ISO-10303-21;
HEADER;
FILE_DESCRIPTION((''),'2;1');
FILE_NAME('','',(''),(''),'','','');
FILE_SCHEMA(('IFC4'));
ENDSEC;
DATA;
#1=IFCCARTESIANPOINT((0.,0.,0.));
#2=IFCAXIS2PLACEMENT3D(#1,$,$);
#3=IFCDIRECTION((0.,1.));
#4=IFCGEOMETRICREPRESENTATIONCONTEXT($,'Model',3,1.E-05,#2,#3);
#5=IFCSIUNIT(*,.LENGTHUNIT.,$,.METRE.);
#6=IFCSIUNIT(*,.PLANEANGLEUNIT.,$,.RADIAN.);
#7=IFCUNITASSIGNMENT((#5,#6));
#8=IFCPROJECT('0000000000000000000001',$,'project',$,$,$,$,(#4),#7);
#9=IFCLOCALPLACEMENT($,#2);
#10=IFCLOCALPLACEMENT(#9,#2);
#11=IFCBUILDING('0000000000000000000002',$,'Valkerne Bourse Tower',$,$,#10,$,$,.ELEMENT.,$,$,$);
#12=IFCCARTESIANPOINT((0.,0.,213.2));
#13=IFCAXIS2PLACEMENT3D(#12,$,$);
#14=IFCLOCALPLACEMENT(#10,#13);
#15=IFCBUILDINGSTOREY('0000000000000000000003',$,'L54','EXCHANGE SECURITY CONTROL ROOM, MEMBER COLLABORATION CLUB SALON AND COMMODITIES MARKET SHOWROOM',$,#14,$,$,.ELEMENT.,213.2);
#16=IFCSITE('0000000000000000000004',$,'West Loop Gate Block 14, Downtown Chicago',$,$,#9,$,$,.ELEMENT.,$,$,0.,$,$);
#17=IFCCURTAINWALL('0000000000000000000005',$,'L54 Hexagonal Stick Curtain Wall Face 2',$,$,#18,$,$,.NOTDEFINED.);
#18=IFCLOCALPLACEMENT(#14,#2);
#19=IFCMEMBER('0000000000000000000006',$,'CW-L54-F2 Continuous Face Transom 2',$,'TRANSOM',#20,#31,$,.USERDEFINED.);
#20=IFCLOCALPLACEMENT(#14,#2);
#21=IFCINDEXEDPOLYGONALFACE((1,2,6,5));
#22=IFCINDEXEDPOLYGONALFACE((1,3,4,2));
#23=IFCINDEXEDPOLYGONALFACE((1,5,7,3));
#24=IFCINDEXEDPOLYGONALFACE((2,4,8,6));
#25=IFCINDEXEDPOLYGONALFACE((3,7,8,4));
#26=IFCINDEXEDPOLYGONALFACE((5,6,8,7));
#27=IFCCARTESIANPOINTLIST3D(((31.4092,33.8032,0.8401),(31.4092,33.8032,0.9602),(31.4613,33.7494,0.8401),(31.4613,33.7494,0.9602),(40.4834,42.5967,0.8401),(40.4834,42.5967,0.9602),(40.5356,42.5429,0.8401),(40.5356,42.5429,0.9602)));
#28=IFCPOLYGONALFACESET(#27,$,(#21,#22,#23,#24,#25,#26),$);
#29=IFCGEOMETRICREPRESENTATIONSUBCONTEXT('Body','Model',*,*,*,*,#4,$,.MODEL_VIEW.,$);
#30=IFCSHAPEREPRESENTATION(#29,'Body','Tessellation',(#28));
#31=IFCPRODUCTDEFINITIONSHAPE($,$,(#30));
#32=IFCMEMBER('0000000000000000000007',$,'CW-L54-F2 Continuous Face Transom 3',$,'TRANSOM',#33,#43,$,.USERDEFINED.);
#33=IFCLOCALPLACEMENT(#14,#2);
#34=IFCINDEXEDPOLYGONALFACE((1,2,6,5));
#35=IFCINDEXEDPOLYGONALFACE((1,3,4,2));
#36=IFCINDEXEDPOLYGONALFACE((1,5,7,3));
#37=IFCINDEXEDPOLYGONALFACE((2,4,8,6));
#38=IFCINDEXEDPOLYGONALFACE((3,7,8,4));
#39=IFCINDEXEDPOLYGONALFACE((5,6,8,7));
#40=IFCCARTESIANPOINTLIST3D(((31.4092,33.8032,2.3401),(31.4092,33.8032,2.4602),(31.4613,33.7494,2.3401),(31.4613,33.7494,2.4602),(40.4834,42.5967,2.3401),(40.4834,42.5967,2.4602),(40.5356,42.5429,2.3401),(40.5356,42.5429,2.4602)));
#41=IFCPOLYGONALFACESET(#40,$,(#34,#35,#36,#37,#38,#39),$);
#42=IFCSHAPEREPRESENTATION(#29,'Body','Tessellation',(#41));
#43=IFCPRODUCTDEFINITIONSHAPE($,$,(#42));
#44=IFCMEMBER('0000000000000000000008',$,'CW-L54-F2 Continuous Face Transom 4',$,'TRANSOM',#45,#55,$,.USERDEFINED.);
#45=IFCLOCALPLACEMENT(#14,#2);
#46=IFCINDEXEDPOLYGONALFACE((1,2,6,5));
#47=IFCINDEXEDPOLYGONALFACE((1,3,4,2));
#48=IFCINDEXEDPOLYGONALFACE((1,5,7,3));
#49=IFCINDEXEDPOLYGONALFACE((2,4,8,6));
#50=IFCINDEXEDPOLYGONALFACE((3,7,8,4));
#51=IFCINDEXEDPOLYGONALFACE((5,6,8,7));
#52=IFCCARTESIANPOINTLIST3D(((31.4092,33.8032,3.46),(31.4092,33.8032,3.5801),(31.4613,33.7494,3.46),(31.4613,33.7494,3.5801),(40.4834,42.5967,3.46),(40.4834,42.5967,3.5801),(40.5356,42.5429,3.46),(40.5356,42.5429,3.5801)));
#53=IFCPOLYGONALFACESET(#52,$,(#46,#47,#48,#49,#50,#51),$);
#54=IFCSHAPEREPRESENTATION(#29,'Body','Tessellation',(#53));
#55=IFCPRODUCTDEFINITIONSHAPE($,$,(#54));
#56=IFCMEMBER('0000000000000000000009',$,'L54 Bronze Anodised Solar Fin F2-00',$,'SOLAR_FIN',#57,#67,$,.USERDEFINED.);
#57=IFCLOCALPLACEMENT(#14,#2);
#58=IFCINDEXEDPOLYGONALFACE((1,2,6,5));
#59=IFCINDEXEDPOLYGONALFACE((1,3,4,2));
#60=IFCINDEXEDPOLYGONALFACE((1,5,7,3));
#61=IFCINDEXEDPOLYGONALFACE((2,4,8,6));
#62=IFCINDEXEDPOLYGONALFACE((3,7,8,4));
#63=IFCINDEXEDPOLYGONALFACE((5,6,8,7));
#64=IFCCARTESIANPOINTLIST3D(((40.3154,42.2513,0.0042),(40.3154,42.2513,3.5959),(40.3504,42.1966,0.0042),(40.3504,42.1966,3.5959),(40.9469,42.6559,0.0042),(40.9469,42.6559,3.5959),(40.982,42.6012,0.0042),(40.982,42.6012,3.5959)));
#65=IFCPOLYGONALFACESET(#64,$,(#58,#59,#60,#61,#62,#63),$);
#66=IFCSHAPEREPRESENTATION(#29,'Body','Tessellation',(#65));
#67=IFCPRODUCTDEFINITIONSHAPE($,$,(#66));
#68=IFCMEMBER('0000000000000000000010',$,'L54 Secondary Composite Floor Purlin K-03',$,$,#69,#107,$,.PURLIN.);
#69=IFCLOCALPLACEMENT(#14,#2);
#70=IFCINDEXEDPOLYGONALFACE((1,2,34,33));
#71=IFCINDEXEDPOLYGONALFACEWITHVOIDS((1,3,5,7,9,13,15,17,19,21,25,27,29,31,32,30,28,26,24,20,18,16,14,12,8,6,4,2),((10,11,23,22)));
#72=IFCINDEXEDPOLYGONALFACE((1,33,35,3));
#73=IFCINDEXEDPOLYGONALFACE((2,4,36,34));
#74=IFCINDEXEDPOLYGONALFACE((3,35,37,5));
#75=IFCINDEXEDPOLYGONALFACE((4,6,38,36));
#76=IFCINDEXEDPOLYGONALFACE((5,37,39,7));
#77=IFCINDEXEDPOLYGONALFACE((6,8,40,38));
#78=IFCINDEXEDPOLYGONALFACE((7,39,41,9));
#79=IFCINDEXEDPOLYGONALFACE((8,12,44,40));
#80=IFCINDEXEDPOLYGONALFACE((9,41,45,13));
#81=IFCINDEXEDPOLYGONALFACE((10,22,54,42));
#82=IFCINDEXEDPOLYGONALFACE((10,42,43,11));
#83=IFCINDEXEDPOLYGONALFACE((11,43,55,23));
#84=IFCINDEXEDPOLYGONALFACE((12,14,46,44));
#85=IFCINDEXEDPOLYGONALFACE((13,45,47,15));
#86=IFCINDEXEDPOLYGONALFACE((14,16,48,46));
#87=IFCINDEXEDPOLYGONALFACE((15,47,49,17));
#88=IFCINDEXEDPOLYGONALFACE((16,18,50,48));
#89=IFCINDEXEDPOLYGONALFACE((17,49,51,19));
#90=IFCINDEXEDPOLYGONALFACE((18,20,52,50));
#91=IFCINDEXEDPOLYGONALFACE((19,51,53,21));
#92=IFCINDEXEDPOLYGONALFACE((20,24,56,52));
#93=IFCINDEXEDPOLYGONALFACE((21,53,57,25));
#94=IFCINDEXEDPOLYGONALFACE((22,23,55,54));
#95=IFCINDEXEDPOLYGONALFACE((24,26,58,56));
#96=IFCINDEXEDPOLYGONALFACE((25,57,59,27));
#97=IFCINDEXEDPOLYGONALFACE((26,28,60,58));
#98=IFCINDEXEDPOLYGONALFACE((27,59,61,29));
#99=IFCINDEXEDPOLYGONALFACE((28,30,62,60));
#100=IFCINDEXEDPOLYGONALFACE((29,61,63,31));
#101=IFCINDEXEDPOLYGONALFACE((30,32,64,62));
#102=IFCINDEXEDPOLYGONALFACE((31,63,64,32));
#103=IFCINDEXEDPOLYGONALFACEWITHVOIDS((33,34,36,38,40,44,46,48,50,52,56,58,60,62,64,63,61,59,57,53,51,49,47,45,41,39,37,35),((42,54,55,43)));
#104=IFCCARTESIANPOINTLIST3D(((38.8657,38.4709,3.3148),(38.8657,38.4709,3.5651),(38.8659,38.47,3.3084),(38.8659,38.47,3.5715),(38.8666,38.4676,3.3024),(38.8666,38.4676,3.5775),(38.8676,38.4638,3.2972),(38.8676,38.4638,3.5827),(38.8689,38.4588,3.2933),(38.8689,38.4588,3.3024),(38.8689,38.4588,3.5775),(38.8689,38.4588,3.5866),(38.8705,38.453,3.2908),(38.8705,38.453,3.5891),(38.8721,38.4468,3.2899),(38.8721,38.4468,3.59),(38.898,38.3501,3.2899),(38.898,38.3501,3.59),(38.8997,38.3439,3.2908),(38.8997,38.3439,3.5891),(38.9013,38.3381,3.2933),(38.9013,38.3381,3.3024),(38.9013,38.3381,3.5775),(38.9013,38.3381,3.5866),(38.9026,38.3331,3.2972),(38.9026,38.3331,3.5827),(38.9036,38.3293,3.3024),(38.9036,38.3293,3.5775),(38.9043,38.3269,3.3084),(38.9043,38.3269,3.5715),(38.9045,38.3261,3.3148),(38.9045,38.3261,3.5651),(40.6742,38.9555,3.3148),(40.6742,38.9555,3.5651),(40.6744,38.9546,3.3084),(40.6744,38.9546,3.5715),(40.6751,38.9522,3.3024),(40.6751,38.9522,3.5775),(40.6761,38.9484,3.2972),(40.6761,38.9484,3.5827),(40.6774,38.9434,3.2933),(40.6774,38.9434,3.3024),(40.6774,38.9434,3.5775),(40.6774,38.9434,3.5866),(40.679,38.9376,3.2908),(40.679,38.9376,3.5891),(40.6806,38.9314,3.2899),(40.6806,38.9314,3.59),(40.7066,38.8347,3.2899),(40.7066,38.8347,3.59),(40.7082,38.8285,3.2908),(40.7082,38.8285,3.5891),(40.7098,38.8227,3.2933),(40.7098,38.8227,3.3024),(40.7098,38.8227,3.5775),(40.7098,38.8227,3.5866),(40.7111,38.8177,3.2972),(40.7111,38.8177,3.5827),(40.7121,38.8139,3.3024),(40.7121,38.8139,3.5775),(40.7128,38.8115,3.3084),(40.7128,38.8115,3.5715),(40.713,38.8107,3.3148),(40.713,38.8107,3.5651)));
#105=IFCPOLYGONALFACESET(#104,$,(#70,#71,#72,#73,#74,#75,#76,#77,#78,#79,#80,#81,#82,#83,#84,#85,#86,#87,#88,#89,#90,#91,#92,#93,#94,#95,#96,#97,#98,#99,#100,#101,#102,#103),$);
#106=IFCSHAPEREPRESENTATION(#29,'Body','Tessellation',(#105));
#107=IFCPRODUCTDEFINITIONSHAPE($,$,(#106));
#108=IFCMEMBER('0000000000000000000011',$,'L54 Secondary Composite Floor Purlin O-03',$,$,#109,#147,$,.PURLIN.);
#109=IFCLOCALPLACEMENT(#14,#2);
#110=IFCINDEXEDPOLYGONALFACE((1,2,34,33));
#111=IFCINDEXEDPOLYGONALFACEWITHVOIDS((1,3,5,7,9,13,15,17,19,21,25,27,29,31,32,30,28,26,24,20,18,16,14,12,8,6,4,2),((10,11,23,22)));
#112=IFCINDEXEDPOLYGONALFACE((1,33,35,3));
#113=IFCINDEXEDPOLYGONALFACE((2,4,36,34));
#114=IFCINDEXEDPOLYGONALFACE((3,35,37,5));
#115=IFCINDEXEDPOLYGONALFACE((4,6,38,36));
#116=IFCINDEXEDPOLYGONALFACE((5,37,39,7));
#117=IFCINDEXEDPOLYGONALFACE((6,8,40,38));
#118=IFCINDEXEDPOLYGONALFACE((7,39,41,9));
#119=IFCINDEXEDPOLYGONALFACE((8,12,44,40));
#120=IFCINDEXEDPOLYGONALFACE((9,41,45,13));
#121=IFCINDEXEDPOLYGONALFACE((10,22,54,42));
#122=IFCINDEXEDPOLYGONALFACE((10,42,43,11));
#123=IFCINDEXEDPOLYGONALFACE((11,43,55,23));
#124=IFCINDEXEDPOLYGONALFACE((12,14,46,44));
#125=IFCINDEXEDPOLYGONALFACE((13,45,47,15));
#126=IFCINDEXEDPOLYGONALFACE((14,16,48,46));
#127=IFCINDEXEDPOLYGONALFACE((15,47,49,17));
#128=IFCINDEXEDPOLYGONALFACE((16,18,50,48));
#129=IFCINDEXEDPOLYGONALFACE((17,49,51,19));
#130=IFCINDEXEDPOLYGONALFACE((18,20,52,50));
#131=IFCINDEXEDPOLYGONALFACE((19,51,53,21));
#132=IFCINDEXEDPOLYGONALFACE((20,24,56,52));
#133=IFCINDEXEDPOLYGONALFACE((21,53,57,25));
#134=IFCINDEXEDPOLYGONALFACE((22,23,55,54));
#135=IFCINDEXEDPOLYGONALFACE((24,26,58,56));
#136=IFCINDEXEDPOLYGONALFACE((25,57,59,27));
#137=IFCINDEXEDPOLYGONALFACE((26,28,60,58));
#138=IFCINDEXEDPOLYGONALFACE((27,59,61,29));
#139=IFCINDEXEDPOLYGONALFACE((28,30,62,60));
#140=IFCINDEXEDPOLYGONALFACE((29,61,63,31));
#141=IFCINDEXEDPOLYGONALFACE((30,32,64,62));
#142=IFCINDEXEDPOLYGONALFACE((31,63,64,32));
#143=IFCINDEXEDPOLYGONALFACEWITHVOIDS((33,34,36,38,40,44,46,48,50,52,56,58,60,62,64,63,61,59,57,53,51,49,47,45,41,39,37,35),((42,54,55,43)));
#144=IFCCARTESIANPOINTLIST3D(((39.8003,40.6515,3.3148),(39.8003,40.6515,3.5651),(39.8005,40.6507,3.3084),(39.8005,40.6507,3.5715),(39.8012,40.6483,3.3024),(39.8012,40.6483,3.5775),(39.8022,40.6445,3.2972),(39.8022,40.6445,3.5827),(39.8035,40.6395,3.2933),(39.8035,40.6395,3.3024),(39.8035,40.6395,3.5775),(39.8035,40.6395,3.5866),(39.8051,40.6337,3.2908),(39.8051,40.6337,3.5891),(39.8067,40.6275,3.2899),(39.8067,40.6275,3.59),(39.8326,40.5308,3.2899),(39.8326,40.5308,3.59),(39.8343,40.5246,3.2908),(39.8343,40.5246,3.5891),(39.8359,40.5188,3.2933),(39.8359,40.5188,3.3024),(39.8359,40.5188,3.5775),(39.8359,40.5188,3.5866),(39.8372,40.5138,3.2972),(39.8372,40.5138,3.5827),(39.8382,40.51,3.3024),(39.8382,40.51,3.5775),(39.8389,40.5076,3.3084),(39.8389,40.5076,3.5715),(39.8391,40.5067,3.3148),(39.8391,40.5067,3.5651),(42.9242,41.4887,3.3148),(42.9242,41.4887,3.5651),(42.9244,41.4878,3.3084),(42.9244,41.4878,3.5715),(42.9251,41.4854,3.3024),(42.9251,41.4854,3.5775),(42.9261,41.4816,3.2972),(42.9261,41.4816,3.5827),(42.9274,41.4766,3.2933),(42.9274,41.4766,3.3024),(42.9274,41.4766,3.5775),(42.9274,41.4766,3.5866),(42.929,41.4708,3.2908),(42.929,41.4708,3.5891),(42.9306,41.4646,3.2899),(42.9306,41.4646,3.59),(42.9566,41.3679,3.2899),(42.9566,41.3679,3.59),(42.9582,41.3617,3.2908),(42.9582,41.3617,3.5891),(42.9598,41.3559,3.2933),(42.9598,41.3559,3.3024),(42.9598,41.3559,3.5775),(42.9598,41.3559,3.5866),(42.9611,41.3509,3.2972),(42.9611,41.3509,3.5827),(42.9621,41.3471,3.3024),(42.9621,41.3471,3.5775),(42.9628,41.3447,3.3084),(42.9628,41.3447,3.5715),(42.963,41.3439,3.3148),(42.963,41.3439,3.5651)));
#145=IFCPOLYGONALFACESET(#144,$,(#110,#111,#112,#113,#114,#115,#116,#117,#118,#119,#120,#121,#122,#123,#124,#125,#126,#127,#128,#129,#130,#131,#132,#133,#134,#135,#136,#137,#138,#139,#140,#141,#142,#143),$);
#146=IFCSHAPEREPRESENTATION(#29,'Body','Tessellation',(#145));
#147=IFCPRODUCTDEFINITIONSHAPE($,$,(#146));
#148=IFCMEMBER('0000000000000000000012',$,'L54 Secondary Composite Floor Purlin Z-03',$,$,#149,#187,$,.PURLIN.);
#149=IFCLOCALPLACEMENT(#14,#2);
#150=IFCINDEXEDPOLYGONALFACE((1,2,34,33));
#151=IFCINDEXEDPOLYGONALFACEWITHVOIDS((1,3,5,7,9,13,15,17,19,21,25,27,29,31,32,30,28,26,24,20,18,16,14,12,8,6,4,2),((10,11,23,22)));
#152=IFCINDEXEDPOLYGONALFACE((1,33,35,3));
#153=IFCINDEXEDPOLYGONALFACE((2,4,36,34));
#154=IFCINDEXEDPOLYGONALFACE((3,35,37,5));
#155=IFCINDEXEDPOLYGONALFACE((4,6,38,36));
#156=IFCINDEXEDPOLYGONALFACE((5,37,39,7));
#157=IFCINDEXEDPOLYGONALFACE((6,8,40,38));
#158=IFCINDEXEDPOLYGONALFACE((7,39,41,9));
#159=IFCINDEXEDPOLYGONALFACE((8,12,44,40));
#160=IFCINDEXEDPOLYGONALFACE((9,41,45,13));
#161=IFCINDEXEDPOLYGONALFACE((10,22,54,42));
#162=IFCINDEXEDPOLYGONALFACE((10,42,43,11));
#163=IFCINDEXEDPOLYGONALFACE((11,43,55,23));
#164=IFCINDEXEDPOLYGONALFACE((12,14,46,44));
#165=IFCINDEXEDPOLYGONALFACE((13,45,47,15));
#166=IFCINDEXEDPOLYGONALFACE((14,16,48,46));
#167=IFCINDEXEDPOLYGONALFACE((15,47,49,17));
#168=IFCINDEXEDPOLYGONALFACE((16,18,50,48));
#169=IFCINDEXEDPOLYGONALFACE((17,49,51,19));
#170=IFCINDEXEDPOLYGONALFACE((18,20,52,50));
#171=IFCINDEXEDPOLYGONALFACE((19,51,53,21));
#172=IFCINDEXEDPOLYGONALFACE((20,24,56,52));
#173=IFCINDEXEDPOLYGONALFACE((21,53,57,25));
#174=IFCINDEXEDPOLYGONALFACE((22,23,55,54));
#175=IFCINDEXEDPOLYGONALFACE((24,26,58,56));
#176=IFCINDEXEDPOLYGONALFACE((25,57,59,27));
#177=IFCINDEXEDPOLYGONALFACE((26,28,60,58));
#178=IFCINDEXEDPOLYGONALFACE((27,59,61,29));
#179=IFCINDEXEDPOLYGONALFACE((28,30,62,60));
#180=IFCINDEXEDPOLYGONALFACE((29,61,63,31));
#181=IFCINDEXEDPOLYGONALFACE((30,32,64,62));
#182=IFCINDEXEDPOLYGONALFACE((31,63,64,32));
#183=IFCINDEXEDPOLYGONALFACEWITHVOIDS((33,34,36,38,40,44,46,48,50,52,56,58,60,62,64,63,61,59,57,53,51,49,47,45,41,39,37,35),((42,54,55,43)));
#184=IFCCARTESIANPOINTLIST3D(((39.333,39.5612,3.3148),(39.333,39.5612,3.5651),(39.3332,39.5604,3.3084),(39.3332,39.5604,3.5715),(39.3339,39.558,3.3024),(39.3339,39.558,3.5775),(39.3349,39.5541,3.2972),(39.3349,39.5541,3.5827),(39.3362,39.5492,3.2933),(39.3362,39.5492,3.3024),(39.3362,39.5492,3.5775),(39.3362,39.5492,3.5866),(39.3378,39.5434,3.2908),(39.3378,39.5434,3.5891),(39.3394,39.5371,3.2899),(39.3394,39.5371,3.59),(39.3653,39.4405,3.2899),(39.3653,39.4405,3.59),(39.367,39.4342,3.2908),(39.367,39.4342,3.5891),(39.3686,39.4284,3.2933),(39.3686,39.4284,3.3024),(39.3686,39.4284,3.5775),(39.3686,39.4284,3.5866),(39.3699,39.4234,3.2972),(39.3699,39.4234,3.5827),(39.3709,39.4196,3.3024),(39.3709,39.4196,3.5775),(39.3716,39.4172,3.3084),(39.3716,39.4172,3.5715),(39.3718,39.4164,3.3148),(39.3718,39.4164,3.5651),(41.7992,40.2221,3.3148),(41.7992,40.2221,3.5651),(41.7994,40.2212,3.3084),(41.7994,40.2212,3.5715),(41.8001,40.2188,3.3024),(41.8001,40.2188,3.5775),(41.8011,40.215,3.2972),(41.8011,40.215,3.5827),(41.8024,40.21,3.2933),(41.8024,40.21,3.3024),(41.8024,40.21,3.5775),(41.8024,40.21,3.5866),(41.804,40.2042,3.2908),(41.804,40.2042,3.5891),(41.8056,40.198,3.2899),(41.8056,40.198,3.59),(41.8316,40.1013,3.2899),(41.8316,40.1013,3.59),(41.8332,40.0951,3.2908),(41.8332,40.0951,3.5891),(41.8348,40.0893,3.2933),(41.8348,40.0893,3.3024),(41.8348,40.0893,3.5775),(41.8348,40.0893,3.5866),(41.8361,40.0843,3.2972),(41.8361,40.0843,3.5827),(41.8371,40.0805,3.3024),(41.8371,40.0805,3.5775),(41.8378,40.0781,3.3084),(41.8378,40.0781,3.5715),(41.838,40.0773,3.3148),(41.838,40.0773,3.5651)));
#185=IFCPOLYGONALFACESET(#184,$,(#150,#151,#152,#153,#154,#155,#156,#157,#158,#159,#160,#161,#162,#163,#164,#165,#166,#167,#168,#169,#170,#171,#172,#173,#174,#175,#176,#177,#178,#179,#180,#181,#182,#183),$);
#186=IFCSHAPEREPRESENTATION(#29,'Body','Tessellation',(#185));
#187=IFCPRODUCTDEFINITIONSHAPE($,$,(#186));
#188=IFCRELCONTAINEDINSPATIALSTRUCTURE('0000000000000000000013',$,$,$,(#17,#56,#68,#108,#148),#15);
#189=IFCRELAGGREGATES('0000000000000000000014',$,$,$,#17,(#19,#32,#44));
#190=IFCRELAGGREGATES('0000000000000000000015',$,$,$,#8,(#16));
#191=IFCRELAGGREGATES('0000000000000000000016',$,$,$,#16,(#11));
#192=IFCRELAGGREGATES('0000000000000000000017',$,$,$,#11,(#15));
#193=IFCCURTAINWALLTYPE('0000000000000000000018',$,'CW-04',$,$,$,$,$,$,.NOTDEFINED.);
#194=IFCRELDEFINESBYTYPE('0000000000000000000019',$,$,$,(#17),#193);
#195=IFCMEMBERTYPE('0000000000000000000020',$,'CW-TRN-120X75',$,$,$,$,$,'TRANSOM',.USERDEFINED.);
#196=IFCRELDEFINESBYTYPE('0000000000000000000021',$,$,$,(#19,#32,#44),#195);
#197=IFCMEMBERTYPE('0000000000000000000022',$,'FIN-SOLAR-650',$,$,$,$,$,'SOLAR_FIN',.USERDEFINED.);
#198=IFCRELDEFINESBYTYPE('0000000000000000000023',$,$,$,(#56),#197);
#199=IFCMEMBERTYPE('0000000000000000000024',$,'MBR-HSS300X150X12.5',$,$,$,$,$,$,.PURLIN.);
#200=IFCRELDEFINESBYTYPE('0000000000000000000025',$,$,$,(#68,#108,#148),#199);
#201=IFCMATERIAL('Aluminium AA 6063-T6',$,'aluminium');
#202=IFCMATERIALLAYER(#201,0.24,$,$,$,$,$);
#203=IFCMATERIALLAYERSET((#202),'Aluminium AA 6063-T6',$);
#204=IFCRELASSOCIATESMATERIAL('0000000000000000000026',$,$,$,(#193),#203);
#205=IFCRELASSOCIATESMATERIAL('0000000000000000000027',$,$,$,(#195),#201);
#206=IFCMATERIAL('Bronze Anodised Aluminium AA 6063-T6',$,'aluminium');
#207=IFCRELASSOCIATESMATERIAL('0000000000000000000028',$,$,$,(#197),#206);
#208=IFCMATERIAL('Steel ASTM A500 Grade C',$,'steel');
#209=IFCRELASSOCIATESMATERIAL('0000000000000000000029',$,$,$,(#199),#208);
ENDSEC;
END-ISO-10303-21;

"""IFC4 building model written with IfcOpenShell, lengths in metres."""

from ifc_helpers import new_model, si_unit, direction, frame, origin, origin_2d, place, context, subcontext, project, spatial, rectangle, hollow_rectangle, extrude, material, layer, layer_set, material_profile, profile_set, type_object, element, aggregate, save


model = new_model("IFC4")

# Units and contexts
model_context = context("Model", 3, precision=1e-05, world=origin(), true_north=direction((0.0, 1.0)))
body_context = subcontext(model_context, "Body", "Model", "MODEL_VIEW")
ifc_project = project(units=[si_unit("LENGTHUNIT", "METRE"), si_unit("PLANEANGLEUNIT", "RADIAN")], contexts=[model_context])

# Site, building, storey
site_placement = place(None, origin())
site = spatial("IfcSite", under=ifc_project, at=site_placement, Name="West Loop Gate Block 14, Downtown Chicago", CompositionType="ELEMENT", RefElevation=0.0)
building_placement = place(site_placement, origin())
building = spatial("IfcBuilding", under=site, at=building_placement, Name="Valkerne Bourse Tower", CompositionType="ELEMENT")
storey_placement = place(building_placement, frame((0.0, 0.0, 213.2)))
storey = spatial("IfcBuildingStorey", under=building, at=storey_placement, Name="L54", Description="EXCHANGE SECURITY CONTROL ROOM, MEMBER COLLABORATION CLUB SALON AND COMMODITIES MARKET SHOWROOM", CompositionType="ELEMENT", Elevation=213.2)

# Curtain wall, members
ifc_material_1 = material(Name="Aluminium AA 6063-T6", Category="aluminium")
ifc_layer_1 = layer(ifc_material_1, 0.24)
ifc_layer_set_1 = layer_set([ifc_layer_1], Name="Aluminium AA 6063-T6")
curtain_wall_type = type_object("IfcCurtainWallType", Name="CW-04", PredefinedType="NOTDEFINED", material=ifc_layer_set_1)
curtain_wall_1_placement = place(storey_placement, origin())
curtain_wall_1 = element("IfcCurtainWall", 1, at=curtain_wall_1_placement, inside=storey, type_object=curtain_wall_type, Name="L54 Hexagonal Stick Curtain Wall Face 2", PredefinedType="NOTDEFINED")
ifc_material_profile_1 = material_profile(ifc_material_1, rectangle(XDim=0.075, YDim=0.1201, at=origin_2d()), Name="CWT-75X120")
ifc_profile_set_1 = profile_set([ifc_material_profile_1], Name="Aluminium AA 6063-T6")
member_type_1 = type_object("IfcMemberType", Name="CW-TRN-120X75", ElementType="TRANSOM", PredefinedType="USERDEFINED", material=ifc_profile_set_1)
member_1_placement = place(storey_placement, frame((40.5095, 42.5698, 0.9001), z_axis=(-0.718129, -0.69591, 0.0), x_axis=(0.69591, -0.718129, 0.0)))
member_1 = element("IfcMember", 2, at=member_1_placement, type_object=member_type_1, Name="CW-L54-F2 Continuous Face Transom 2", ObjectType="TRANSOM", PredefinedType="USERDEFINED", context=body_context, shape_type="SweptSolid", body=[
    extrude(rectangle(XDim=0.075, YDim=0.1201, at=origin_2d()), origin(), (0.0, 0.0, 1.0), 12.636),
])
member_2_placement = place(storey_placement, frame((40.5095, 42.5698, 2.4001), z_axis=(-0.718129, -0.69591, 0.0), x_axis=(0.69591, -0.718129, 0.0)))
member_2 = element("IfcMember", 3, at=member_2_placement, type_object=member_type_1, Name="CW-L54-F2 Continuous Face Transom 3", ObjectType="TRANSOM", PredefinedType="USERDEFINED", context=body_context, shape_type="SweptSolid", body=[
    extrude(rectangle(XDim=0.075, YDim=0.1201, at=origin_2d()), origin(), (0.0, 0.0, 1.0), 12.636),
])
member_3_placement = place(storey_placement, frame((40.5095, 42.5698, 3.52), z_axis=(-0.718129, -0.69591, 0.0), x_axis=(0.69591, -0.718129, 0.0)))
member_3 = element("IfcMember", 4, at=member_3_placement, type_object=member_type_1, Name="CW-L54-F2 Continuous Face Transom 4", ObjectType="TRANSOM", PredefinedType="USERDEFINED", context=body_context, shape_type="SweptSolid", body=[
    extrude(rectangle(XDim=0.075, YDim=0.1201, at=origin_2d()), origin(), (0.0, 0.0, 1.0), 12.636),
])
aggregate(curtain_wall_1, [member_1, member_2, member_3])

# Members
ifc_material_2 = material(Name="Bronze Anodised Aluminium AA 6063-T6", Category="aluminium")
ifc_material_profile_2 = material_profile(ifc_material_2, rectangle(XDim=0.0649, YDim=0.75, at=origin_2d()), Name="FIN-65X750")
ifc_profile_set_2 = profile_set([ifc_material_profile_2], Name="Bronze Anodised Aluminium AA 6063-T6")
member_type_2 = type_object("IfcMemberType", Name="FIN-SOLAR-650", ElementType="SOLAR_FIN", PredefinedType="USERDEFINED", material=ifc_profile_set_2)
member_4_placement = place(storey_placement, frame((40.6487, 42.4263, 0.0042), z_axis=(0.0, 0.0, 1.0), x_axis=(-0.539456, 0.842014, 0.0)))
element("IfcMember", 5, at=member_4_placement, inside=storey, type_object=member_type_2, Name="L54 Bronze Anodised Solar Fin F2-00", ObjectType="SOLAR_FIN", PredefinedType="USERDEFINED", context=body_context, shape_type="SweptSolid", body=[
    extrude(rectangle(XDim=0.0649, YDim=0.75, at=origin_2d()), origin(), (0.0, 0.0, 1.0), 3.5918),
])
ifc_material_3 = material(Name="Steel ASTM A500 Grade C", Category="steel")
ifc_material_profile_3 = material_profile(ifc_material_3, hollow_rectangle(XDim=0.1499, YDim=0.3, WallThickness=0.0125, OuterFilletRadius=0.0249, at=origin_2d()), Name="HSS300X150X12.5")
ifc_profile_set_3 = profile_set([ifc_material_profile_3], Name="Steel ASTM A500 Grade C")
member_type_3 = type_object("IfcMemberType", Name="MBR-HSS300X150X12.5", PredefinedType="PURLIN", material=ifc_profile_set_3)
member_5_placement = place(storey_placement, frame((40.6936, 38.8831, 3.4399), z_axis=(-0.965925, -0.258823, 0.0), x_axis=(0.258823, -0.965925, 0.0)))
element("IfcMember", 6, at=member_5_placement, inside=storey, type_object=member_type_3, Name="L54 Secondary Composite Floor Purlin K-03", PredefinedType="PURLIN", context=body_context, shape_type="SweptSolid", body=[
    extrude(hollow_rectangle(XDim=0.1499, YDim=0.3, WallThickness=0.0125, OuterFilletRadius=0.0249, at=origin_2d()), origin(), (0.0, 0.0, 1.0), 1.8723),
])
member_6_placement = place(storey_placement, frame((42.9436, 41.4163, 3.4399), z_axis=(-0.96592, -0.258842, 0.0), x_axis=(0.258842, -0.96592, 0.0)))
element("IfcMember", 7, at=member_6_placement, inside=storey, type_object=member_type_3, Name="L54 Secondary Composite Floor Purlin O-03", PredefinedType="PURLIN", context=body_context, shape_type="SweptSolid", body=[
    extrude(hollow_rectangle(XDim=0.1499, YDim=0.3, WallThickness=0.0125, OuterFilletRadius=0.0249, at=origin_2d()), origin(), (0.0, 0.0, 1.0), 3.2341),
])
member_7_placement = place(storey_placement, frame((41.8186, 40.1497, 3.4399), z_axis=(-0.965922, -0.258835, 0.0), x_axis=(0.258835, -0.965922, 0.0)))
element("IfcMember", 8, at=member_7_placement, inside=storey, type_object=member_type_3, Name="L54 Secondary Composite Floor Purlin Z-03", PredefinedType="PURLIN", context=body_context, shape_type="SweptSolid", body=[
    extrude(hollow_rectangle(XDim=0.1499, YDim=0.3, WallThickness=0.0125, OuterFilletRadius=0.0249, at=origin_2d()), origin(), (0.0, 0.0, 1.0), 2.5532),
])

save(model, "model.ifc")
